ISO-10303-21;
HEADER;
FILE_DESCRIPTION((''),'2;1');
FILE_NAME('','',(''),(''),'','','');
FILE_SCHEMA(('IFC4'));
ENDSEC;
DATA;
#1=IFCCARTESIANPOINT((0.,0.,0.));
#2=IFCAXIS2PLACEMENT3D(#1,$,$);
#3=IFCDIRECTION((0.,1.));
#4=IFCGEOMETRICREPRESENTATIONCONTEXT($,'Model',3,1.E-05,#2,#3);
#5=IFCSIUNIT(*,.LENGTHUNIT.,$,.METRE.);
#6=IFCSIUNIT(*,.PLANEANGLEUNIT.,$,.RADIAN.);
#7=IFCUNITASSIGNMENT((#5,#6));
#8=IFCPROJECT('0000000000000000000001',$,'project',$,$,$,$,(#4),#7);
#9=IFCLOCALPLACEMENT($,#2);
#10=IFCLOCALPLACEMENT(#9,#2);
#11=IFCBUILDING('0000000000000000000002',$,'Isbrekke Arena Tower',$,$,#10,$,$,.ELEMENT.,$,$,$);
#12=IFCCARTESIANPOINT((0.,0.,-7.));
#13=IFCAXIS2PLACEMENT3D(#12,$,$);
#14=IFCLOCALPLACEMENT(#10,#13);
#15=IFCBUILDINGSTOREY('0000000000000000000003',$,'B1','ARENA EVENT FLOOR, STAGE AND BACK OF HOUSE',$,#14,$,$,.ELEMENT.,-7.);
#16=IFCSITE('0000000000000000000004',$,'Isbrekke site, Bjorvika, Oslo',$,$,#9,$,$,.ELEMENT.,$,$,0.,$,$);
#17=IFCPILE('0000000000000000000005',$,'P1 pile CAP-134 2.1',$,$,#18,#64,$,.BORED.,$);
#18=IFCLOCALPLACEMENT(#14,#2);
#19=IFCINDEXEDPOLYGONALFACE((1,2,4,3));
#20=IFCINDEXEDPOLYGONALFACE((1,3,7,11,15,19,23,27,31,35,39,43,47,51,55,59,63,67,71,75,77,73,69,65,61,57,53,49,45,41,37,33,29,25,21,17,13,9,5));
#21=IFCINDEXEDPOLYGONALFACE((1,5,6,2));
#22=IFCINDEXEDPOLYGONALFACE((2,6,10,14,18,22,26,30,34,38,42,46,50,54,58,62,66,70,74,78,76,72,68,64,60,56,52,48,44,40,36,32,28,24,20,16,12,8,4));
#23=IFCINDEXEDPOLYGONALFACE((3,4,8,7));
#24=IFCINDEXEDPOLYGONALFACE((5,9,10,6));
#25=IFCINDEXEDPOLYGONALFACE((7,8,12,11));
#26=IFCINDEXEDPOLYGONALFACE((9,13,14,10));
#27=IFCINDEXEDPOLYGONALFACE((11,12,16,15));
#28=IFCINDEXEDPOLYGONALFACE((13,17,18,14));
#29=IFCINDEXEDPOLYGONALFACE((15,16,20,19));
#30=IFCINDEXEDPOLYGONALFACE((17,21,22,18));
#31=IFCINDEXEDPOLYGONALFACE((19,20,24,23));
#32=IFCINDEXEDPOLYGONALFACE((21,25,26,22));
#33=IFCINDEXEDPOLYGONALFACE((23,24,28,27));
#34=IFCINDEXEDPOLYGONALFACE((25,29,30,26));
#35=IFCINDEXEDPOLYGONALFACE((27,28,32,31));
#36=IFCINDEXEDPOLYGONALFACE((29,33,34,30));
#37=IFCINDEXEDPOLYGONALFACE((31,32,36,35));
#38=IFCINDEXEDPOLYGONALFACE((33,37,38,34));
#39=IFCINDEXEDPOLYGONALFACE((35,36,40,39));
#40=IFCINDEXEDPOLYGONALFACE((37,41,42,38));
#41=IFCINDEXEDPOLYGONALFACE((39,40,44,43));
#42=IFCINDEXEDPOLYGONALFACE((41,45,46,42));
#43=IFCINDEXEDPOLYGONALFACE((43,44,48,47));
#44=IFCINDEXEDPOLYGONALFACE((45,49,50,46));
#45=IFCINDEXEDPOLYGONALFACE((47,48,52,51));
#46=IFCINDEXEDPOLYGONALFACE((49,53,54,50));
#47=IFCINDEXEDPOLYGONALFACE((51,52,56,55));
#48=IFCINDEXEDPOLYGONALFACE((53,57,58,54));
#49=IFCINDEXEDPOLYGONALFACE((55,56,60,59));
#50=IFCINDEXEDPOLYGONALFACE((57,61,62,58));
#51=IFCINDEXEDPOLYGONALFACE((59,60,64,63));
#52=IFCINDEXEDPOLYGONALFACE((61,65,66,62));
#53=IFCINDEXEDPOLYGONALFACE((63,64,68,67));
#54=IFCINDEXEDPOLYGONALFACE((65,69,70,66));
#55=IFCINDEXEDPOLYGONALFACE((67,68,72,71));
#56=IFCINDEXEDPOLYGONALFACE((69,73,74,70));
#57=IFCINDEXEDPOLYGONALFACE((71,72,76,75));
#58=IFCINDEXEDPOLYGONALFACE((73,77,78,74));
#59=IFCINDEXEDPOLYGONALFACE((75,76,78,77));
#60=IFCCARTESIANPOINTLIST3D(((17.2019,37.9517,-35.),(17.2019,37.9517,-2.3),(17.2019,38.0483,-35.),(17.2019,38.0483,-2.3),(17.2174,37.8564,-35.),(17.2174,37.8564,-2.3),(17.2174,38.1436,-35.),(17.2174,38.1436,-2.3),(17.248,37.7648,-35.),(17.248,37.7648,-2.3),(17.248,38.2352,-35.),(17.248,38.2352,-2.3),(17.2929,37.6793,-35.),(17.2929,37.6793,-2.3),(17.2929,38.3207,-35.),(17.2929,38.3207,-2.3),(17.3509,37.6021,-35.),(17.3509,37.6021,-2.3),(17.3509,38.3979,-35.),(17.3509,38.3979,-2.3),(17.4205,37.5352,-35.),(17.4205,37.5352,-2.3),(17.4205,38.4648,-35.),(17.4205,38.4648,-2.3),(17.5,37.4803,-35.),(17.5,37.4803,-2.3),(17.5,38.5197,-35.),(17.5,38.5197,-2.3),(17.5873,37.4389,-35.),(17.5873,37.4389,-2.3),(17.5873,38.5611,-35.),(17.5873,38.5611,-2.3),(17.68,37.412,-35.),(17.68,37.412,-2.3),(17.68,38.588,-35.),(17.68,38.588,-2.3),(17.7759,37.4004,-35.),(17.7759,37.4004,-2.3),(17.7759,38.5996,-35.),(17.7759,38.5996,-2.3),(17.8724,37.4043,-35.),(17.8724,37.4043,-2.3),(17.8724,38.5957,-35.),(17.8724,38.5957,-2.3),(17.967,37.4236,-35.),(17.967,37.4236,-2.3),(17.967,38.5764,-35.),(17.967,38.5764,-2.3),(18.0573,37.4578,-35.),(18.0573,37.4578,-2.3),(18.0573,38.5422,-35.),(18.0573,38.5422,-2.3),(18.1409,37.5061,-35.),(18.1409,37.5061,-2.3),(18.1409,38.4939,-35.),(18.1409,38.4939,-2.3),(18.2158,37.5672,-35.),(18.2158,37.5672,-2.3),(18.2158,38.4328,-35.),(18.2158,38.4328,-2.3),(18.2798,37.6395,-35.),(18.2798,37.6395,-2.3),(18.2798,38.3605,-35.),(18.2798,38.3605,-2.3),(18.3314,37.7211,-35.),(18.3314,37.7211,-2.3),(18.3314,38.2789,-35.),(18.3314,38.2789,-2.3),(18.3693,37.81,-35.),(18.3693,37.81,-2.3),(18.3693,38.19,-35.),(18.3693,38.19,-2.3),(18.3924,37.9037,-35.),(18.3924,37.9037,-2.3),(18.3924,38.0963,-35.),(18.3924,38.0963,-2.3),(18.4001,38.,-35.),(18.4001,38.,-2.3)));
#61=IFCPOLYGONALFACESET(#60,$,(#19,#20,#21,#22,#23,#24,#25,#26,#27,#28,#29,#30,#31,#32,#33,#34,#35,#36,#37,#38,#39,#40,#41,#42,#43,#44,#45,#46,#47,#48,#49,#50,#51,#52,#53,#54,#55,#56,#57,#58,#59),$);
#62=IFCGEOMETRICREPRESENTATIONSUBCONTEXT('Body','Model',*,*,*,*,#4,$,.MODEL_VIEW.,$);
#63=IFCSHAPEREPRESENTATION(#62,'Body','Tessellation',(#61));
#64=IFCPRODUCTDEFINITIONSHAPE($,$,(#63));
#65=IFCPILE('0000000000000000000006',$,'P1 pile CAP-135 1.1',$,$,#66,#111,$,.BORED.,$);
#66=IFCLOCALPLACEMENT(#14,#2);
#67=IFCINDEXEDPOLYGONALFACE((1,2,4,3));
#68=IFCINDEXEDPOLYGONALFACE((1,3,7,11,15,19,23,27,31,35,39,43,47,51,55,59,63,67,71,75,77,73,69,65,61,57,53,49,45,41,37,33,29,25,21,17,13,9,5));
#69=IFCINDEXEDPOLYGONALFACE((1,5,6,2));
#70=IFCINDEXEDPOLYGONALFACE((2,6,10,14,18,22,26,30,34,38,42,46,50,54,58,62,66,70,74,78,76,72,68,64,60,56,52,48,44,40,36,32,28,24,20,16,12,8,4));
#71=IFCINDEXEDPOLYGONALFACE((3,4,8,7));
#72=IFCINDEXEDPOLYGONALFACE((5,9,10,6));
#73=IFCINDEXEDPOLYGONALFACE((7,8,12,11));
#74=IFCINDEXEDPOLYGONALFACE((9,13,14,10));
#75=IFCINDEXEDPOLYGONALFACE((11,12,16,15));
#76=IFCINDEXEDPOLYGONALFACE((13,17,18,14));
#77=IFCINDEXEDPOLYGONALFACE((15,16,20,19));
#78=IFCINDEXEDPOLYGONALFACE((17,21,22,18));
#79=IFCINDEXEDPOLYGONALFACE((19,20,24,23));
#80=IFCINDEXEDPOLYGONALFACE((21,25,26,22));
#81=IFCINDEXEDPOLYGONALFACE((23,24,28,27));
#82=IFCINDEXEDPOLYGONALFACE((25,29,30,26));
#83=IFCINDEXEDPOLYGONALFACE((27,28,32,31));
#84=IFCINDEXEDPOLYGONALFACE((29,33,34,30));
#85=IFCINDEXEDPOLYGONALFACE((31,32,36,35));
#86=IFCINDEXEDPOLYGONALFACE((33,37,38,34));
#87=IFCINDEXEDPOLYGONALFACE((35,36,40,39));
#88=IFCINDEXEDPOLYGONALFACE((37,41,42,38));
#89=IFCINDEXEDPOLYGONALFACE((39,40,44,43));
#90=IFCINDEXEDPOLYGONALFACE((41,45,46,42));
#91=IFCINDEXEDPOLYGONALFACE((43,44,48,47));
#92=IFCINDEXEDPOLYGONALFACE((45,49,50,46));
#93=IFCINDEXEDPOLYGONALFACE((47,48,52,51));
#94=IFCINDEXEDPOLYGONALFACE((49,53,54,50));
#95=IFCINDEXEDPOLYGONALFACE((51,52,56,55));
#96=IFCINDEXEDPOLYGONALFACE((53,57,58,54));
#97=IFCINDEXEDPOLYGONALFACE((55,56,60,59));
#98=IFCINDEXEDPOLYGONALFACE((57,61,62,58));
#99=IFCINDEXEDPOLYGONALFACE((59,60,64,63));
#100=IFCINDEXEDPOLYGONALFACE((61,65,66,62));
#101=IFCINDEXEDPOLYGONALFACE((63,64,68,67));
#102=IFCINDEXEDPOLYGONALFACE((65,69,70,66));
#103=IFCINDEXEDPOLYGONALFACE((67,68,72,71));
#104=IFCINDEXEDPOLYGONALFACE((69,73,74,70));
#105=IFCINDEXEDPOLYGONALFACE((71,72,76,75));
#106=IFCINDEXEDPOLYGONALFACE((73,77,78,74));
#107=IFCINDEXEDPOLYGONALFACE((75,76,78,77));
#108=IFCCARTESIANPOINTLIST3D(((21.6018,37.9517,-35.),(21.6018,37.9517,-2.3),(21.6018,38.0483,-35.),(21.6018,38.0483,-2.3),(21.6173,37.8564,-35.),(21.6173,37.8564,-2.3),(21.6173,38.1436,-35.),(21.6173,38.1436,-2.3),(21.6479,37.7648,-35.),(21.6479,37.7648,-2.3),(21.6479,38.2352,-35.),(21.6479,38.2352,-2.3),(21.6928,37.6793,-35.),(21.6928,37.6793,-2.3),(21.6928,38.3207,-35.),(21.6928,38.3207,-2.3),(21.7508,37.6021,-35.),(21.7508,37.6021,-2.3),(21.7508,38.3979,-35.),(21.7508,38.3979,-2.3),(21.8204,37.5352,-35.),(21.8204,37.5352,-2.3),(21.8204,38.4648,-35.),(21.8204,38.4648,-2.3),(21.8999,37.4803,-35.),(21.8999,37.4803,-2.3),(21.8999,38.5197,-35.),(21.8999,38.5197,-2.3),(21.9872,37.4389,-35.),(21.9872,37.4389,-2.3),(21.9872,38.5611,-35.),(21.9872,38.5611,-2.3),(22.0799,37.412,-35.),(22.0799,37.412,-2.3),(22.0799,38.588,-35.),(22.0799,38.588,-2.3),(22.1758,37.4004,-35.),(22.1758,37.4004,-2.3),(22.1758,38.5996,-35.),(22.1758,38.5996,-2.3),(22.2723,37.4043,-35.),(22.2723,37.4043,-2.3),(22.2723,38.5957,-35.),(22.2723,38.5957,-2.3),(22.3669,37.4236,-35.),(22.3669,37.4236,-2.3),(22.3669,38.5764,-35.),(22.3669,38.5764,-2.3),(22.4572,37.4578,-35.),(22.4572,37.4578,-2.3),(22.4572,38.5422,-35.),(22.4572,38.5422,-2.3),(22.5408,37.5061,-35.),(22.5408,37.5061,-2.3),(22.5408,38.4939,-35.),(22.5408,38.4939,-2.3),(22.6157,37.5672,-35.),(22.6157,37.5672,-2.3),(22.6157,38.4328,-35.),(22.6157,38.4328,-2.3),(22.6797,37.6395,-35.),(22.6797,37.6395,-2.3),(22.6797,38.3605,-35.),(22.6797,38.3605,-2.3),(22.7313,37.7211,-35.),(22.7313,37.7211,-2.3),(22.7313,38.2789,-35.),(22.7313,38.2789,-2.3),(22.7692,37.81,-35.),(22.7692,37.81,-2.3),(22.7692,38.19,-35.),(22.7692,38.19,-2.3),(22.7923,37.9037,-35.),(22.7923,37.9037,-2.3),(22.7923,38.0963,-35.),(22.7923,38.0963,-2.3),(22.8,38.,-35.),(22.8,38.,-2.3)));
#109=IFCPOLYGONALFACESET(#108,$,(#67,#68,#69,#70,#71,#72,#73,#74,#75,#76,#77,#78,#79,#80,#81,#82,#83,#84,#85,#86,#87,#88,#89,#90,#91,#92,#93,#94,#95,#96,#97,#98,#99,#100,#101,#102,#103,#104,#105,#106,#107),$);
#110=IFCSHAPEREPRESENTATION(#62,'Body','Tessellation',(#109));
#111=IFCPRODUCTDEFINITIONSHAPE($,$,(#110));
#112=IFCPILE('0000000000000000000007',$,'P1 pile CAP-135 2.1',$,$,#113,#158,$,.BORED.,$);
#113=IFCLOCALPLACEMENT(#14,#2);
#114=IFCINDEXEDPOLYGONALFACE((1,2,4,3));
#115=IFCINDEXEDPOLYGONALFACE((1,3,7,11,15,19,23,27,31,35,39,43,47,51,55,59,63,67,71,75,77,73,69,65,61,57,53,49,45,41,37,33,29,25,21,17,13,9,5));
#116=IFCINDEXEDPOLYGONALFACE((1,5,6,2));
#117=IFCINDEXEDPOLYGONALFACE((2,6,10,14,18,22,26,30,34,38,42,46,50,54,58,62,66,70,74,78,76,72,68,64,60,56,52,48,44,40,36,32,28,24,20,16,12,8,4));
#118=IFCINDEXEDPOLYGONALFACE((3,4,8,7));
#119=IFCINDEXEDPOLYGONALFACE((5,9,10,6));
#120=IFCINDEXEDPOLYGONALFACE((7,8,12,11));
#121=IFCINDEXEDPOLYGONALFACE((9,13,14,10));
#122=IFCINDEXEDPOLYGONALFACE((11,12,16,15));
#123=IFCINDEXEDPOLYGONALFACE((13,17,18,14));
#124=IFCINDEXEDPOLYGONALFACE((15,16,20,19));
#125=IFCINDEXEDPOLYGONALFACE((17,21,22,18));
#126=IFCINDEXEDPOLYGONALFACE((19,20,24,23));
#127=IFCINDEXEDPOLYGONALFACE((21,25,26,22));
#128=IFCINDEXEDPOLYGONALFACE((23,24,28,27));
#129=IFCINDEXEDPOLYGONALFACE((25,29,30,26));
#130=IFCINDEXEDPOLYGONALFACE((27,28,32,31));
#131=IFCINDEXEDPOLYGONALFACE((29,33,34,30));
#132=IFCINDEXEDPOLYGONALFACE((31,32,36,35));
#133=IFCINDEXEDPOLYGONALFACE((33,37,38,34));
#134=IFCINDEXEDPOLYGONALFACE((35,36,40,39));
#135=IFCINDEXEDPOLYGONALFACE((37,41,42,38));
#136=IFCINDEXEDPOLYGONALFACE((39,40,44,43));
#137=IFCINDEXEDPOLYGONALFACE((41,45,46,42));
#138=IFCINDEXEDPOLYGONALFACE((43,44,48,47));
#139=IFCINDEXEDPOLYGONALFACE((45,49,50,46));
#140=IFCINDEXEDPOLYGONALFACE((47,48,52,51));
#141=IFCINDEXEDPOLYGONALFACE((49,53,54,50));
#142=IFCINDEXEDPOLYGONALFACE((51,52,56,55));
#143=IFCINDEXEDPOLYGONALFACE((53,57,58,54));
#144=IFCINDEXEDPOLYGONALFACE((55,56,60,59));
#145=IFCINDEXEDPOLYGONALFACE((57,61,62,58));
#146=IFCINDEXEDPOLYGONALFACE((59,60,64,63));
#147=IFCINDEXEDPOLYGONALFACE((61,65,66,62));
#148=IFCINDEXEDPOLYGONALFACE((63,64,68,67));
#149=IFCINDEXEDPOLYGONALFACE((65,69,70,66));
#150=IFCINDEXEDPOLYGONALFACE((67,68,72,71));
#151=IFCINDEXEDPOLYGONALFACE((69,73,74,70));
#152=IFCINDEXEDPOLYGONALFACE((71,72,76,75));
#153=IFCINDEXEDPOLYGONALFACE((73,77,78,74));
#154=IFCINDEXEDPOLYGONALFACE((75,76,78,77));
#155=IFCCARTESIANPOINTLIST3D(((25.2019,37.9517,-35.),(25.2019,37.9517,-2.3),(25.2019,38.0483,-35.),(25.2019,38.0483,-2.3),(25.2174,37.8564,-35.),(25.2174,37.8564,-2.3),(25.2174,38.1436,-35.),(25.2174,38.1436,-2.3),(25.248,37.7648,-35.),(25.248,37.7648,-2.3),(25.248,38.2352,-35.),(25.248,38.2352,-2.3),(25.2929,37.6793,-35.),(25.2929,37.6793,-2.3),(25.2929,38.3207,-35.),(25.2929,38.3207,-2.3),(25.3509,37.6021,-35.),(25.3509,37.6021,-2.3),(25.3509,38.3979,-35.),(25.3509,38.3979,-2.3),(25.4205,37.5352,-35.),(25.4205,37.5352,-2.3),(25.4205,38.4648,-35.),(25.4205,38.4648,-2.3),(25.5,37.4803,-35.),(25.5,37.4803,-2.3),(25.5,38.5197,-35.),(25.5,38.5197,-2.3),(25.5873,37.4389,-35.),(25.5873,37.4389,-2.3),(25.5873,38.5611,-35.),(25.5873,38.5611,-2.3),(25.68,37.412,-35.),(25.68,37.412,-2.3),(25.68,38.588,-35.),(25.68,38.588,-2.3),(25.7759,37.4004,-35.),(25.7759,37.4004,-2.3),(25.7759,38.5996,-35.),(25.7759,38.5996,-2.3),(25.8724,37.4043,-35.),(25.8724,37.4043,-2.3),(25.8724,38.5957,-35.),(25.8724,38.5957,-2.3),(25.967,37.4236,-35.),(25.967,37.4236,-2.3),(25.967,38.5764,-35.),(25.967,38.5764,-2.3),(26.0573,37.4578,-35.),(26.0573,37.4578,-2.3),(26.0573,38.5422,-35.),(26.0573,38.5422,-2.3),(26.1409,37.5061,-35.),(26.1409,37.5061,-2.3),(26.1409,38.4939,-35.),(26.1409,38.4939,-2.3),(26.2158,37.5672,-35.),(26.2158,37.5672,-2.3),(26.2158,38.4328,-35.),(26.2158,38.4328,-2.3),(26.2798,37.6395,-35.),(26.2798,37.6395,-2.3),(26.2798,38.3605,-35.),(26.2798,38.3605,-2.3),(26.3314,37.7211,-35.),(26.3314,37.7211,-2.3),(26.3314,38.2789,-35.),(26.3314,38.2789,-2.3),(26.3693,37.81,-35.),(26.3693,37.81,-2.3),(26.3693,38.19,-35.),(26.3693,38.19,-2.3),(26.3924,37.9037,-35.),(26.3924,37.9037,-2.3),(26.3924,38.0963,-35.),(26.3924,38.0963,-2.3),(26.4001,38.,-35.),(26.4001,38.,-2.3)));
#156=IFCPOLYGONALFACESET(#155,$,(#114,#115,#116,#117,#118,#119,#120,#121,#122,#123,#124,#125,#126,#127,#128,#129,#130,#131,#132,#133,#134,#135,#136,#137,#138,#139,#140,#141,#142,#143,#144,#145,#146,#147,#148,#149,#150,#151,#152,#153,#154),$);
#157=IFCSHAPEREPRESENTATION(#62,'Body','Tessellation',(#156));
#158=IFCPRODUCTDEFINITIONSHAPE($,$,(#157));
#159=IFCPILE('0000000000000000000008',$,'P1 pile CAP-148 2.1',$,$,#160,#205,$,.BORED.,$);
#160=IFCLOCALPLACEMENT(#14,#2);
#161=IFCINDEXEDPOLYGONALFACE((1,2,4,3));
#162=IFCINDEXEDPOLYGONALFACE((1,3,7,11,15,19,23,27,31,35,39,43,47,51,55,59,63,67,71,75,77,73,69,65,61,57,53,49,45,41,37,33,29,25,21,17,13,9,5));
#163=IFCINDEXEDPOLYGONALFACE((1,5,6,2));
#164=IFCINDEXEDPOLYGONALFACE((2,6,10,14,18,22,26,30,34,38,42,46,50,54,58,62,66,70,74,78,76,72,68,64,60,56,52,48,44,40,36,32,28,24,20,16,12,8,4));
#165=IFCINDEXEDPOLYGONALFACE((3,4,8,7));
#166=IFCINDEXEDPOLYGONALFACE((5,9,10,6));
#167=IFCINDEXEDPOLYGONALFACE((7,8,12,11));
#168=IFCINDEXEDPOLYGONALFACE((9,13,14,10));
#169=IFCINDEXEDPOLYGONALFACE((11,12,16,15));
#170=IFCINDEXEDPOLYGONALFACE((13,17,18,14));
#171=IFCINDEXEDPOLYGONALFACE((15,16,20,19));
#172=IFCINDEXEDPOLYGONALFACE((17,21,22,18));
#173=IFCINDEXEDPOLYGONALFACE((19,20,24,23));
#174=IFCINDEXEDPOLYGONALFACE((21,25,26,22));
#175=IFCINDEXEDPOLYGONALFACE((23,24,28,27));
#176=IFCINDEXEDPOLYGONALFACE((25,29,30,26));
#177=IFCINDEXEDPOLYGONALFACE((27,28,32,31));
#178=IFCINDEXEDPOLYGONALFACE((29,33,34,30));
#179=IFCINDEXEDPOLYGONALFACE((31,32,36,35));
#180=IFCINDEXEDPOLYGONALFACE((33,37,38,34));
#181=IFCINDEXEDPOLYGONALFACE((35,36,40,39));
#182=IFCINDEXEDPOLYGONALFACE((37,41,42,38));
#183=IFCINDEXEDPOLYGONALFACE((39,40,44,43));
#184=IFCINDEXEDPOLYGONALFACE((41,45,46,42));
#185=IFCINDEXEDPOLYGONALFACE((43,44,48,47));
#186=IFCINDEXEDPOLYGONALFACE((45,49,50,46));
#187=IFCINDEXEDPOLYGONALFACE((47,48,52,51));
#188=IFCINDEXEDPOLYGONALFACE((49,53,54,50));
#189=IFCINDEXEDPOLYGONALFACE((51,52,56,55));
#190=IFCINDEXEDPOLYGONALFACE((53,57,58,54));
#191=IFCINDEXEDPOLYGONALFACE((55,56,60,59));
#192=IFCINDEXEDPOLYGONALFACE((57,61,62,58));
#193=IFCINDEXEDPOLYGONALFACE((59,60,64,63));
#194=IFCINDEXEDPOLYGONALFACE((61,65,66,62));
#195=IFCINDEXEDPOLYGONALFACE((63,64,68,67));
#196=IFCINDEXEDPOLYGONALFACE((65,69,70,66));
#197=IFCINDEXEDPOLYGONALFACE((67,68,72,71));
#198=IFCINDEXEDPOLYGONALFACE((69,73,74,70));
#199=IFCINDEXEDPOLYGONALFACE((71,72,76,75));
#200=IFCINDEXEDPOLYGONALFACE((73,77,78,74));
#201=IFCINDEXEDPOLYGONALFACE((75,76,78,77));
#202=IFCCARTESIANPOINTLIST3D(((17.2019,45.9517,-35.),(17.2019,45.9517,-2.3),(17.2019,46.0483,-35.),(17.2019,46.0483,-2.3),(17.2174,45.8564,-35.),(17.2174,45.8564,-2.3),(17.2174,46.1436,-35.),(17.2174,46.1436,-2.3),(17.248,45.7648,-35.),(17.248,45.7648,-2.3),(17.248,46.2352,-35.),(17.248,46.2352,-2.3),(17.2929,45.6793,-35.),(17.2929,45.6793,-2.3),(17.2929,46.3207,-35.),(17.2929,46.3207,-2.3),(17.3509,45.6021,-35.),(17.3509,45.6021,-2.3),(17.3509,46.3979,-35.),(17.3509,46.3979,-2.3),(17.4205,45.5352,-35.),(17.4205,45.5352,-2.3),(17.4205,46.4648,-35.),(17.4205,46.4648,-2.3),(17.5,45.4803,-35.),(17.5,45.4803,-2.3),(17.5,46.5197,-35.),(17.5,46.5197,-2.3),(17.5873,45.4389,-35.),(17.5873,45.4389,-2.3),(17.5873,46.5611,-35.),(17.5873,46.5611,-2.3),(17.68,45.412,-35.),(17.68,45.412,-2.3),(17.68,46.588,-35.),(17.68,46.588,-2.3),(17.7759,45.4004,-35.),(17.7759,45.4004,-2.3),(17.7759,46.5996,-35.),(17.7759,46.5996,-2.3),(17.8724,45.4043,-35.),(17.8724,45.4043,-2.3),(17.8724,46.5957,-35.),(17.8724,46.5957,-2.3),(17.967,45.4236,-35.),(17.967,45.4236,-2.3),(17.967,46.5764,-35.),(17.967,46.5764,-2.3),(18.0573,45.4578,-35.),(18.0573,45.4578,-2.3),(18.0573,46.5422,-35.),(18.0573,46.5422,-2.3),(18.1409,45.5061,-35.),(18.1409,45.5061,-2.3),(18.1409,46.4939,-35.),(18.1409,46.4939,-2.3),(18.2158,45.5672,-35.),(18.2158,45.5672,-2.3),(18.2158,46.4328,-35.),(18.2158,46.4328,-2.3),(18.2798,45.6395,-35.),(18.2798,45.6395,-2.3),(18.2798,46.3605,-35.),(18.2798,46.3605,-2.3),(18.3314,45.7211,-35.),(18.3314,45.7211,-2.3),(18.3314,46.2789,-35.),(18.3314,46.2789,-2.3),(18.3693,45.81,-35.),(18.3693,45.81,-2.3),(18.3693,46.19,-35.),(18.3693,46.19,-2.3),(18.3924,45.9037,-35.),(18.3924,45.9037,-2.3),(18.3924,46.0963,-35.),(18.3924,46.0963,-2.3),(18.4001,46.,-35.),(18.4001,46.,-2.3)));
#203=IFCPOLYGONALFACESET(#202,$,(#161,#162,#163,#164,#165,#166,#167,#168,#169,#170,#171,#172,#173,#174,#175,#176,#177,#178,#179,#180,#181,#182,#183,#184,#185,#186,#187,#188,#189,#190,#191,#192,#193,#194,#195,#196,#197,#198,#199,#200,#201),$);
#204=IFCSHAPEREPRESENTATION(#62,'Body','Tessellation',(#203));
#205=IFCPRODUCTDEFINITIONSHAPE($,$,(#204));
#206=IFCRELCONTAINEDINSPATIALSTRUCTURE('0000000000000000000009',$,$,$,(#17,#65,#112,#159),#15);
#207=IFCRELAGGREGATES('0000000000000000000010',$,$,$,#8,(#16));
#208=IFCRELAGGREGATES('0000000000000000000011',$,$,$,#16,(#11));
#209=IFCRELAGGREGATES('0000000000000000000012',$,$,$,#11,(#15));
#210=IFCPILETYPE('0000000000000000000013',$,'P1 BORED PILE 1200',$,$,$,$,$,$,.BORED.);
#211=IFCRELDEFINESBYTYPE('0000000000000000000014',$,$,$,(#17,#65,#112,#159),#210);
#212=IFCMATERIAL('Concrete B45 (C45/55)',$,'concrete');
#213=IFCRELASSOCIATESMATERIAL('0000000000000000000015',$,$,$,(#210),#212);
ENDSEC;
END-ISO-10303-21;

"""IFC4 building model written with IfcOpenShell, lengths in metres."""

from ifc_helpers import new_model, si_unit, direction, frame, origin, origin_2d, place, context, subcontext, project, spatial, circle, extrude, material, material_profile, profile_set, type_object, element, save


model = new_model("IFC4")

# Units and contexts
model_context = context("Model", 3, precision=1e-05, world=origin(), true_north=direction((0.0, 1.0)))
body_context = subcontext(model_context, "Body", "Model", "MODEL_VIEW")
ifc_project = project(units=[si_unit("LENGTHUNIT", "METRE"), si_unit("PLANEANGLEUNIT", "RADIAN")], contexts=[model_context])

# Site, building, storey
site_placement = place(None, origin())
site = spatial("IfcSite", under=ifc_project, at=site_placement, Name="Isbrekke site, Bjorvika, Oslo", CompositionType="ELEMENT", RefElevation=0.0)
building_placement = place(site_placement, origin())
building = spatial("IfcBuilding", under=site, at=building_placement, Name="Isbrekke Arena Tower", CompositionType="ELEMENT")
storey_placement = place(building_placement, frame((0.0, 0.0, -7.0)))
storey = spatial("IfcBuildingStorey", under=building, at=storey_placement, Name="B1", Description="ARENA EVENT FLOOR, STAGE AND BACK OF HOUSE", CompositionType="ELEMENT", Elevation=-7.0)

# Piles
ifc_material_1 = material(Name="Concrete B45 (C45/55)", Category="concrete")
ifc_material_profile_1 = material_profile(ifc_material_1, circle(Radius=0.6001, at=origin_2d()), Name="BORED PILE D1200")
ifc_profile_set_1 = profile_set([ifc_material_profile_1], Name="Concrete B45 (C45/55)")
pile_type = type_object("IfcPileType", Name="P1 BORED PILE 1200", PredefinedType="BORED", material=ifc_profile_set_1)
for number, where, z_axis, x_axis, name in (
    (1, (17.8, 38.0, -2.3), (0.0, 0.0, -1.0), (1.0, 0.0, 0.0), "P1 pile CAP-134 2.1"),
    (2, (22.2, 38.0, -2.3), (0.0, 0.0, -1.0), (1.0, 0.0, 0.0), "P1 pile CAP-135 1.1"),
    (3, (25.8, 38.0, -2.3), (0.0, 0.0, -1.0), (1.0, 0.0, 0.0), "P1 pile CAP-135 2.1"),
    (4, (17.8, 46.0, -2.3), (0.0, 0.0, -1.0), (1.0, 0.0, 0.0), "P1 pile CAP-148 2.1"),
):
    element("IfcPile", number, at=place(storey_placement, frame(where, z_axis=z_axis, x_axis=x_axis)), inside=storey, type_object=pile_type, Name=name, PredefinedType="BORED", context=body_context, shape_type="SweptSolid", body=[
        extrude(circle(Radius=0.6001, at=origin_2d()), origin(), (0.0, 0.0, 1.0), 32.7),
    ])

save(model, "model.ifc")
